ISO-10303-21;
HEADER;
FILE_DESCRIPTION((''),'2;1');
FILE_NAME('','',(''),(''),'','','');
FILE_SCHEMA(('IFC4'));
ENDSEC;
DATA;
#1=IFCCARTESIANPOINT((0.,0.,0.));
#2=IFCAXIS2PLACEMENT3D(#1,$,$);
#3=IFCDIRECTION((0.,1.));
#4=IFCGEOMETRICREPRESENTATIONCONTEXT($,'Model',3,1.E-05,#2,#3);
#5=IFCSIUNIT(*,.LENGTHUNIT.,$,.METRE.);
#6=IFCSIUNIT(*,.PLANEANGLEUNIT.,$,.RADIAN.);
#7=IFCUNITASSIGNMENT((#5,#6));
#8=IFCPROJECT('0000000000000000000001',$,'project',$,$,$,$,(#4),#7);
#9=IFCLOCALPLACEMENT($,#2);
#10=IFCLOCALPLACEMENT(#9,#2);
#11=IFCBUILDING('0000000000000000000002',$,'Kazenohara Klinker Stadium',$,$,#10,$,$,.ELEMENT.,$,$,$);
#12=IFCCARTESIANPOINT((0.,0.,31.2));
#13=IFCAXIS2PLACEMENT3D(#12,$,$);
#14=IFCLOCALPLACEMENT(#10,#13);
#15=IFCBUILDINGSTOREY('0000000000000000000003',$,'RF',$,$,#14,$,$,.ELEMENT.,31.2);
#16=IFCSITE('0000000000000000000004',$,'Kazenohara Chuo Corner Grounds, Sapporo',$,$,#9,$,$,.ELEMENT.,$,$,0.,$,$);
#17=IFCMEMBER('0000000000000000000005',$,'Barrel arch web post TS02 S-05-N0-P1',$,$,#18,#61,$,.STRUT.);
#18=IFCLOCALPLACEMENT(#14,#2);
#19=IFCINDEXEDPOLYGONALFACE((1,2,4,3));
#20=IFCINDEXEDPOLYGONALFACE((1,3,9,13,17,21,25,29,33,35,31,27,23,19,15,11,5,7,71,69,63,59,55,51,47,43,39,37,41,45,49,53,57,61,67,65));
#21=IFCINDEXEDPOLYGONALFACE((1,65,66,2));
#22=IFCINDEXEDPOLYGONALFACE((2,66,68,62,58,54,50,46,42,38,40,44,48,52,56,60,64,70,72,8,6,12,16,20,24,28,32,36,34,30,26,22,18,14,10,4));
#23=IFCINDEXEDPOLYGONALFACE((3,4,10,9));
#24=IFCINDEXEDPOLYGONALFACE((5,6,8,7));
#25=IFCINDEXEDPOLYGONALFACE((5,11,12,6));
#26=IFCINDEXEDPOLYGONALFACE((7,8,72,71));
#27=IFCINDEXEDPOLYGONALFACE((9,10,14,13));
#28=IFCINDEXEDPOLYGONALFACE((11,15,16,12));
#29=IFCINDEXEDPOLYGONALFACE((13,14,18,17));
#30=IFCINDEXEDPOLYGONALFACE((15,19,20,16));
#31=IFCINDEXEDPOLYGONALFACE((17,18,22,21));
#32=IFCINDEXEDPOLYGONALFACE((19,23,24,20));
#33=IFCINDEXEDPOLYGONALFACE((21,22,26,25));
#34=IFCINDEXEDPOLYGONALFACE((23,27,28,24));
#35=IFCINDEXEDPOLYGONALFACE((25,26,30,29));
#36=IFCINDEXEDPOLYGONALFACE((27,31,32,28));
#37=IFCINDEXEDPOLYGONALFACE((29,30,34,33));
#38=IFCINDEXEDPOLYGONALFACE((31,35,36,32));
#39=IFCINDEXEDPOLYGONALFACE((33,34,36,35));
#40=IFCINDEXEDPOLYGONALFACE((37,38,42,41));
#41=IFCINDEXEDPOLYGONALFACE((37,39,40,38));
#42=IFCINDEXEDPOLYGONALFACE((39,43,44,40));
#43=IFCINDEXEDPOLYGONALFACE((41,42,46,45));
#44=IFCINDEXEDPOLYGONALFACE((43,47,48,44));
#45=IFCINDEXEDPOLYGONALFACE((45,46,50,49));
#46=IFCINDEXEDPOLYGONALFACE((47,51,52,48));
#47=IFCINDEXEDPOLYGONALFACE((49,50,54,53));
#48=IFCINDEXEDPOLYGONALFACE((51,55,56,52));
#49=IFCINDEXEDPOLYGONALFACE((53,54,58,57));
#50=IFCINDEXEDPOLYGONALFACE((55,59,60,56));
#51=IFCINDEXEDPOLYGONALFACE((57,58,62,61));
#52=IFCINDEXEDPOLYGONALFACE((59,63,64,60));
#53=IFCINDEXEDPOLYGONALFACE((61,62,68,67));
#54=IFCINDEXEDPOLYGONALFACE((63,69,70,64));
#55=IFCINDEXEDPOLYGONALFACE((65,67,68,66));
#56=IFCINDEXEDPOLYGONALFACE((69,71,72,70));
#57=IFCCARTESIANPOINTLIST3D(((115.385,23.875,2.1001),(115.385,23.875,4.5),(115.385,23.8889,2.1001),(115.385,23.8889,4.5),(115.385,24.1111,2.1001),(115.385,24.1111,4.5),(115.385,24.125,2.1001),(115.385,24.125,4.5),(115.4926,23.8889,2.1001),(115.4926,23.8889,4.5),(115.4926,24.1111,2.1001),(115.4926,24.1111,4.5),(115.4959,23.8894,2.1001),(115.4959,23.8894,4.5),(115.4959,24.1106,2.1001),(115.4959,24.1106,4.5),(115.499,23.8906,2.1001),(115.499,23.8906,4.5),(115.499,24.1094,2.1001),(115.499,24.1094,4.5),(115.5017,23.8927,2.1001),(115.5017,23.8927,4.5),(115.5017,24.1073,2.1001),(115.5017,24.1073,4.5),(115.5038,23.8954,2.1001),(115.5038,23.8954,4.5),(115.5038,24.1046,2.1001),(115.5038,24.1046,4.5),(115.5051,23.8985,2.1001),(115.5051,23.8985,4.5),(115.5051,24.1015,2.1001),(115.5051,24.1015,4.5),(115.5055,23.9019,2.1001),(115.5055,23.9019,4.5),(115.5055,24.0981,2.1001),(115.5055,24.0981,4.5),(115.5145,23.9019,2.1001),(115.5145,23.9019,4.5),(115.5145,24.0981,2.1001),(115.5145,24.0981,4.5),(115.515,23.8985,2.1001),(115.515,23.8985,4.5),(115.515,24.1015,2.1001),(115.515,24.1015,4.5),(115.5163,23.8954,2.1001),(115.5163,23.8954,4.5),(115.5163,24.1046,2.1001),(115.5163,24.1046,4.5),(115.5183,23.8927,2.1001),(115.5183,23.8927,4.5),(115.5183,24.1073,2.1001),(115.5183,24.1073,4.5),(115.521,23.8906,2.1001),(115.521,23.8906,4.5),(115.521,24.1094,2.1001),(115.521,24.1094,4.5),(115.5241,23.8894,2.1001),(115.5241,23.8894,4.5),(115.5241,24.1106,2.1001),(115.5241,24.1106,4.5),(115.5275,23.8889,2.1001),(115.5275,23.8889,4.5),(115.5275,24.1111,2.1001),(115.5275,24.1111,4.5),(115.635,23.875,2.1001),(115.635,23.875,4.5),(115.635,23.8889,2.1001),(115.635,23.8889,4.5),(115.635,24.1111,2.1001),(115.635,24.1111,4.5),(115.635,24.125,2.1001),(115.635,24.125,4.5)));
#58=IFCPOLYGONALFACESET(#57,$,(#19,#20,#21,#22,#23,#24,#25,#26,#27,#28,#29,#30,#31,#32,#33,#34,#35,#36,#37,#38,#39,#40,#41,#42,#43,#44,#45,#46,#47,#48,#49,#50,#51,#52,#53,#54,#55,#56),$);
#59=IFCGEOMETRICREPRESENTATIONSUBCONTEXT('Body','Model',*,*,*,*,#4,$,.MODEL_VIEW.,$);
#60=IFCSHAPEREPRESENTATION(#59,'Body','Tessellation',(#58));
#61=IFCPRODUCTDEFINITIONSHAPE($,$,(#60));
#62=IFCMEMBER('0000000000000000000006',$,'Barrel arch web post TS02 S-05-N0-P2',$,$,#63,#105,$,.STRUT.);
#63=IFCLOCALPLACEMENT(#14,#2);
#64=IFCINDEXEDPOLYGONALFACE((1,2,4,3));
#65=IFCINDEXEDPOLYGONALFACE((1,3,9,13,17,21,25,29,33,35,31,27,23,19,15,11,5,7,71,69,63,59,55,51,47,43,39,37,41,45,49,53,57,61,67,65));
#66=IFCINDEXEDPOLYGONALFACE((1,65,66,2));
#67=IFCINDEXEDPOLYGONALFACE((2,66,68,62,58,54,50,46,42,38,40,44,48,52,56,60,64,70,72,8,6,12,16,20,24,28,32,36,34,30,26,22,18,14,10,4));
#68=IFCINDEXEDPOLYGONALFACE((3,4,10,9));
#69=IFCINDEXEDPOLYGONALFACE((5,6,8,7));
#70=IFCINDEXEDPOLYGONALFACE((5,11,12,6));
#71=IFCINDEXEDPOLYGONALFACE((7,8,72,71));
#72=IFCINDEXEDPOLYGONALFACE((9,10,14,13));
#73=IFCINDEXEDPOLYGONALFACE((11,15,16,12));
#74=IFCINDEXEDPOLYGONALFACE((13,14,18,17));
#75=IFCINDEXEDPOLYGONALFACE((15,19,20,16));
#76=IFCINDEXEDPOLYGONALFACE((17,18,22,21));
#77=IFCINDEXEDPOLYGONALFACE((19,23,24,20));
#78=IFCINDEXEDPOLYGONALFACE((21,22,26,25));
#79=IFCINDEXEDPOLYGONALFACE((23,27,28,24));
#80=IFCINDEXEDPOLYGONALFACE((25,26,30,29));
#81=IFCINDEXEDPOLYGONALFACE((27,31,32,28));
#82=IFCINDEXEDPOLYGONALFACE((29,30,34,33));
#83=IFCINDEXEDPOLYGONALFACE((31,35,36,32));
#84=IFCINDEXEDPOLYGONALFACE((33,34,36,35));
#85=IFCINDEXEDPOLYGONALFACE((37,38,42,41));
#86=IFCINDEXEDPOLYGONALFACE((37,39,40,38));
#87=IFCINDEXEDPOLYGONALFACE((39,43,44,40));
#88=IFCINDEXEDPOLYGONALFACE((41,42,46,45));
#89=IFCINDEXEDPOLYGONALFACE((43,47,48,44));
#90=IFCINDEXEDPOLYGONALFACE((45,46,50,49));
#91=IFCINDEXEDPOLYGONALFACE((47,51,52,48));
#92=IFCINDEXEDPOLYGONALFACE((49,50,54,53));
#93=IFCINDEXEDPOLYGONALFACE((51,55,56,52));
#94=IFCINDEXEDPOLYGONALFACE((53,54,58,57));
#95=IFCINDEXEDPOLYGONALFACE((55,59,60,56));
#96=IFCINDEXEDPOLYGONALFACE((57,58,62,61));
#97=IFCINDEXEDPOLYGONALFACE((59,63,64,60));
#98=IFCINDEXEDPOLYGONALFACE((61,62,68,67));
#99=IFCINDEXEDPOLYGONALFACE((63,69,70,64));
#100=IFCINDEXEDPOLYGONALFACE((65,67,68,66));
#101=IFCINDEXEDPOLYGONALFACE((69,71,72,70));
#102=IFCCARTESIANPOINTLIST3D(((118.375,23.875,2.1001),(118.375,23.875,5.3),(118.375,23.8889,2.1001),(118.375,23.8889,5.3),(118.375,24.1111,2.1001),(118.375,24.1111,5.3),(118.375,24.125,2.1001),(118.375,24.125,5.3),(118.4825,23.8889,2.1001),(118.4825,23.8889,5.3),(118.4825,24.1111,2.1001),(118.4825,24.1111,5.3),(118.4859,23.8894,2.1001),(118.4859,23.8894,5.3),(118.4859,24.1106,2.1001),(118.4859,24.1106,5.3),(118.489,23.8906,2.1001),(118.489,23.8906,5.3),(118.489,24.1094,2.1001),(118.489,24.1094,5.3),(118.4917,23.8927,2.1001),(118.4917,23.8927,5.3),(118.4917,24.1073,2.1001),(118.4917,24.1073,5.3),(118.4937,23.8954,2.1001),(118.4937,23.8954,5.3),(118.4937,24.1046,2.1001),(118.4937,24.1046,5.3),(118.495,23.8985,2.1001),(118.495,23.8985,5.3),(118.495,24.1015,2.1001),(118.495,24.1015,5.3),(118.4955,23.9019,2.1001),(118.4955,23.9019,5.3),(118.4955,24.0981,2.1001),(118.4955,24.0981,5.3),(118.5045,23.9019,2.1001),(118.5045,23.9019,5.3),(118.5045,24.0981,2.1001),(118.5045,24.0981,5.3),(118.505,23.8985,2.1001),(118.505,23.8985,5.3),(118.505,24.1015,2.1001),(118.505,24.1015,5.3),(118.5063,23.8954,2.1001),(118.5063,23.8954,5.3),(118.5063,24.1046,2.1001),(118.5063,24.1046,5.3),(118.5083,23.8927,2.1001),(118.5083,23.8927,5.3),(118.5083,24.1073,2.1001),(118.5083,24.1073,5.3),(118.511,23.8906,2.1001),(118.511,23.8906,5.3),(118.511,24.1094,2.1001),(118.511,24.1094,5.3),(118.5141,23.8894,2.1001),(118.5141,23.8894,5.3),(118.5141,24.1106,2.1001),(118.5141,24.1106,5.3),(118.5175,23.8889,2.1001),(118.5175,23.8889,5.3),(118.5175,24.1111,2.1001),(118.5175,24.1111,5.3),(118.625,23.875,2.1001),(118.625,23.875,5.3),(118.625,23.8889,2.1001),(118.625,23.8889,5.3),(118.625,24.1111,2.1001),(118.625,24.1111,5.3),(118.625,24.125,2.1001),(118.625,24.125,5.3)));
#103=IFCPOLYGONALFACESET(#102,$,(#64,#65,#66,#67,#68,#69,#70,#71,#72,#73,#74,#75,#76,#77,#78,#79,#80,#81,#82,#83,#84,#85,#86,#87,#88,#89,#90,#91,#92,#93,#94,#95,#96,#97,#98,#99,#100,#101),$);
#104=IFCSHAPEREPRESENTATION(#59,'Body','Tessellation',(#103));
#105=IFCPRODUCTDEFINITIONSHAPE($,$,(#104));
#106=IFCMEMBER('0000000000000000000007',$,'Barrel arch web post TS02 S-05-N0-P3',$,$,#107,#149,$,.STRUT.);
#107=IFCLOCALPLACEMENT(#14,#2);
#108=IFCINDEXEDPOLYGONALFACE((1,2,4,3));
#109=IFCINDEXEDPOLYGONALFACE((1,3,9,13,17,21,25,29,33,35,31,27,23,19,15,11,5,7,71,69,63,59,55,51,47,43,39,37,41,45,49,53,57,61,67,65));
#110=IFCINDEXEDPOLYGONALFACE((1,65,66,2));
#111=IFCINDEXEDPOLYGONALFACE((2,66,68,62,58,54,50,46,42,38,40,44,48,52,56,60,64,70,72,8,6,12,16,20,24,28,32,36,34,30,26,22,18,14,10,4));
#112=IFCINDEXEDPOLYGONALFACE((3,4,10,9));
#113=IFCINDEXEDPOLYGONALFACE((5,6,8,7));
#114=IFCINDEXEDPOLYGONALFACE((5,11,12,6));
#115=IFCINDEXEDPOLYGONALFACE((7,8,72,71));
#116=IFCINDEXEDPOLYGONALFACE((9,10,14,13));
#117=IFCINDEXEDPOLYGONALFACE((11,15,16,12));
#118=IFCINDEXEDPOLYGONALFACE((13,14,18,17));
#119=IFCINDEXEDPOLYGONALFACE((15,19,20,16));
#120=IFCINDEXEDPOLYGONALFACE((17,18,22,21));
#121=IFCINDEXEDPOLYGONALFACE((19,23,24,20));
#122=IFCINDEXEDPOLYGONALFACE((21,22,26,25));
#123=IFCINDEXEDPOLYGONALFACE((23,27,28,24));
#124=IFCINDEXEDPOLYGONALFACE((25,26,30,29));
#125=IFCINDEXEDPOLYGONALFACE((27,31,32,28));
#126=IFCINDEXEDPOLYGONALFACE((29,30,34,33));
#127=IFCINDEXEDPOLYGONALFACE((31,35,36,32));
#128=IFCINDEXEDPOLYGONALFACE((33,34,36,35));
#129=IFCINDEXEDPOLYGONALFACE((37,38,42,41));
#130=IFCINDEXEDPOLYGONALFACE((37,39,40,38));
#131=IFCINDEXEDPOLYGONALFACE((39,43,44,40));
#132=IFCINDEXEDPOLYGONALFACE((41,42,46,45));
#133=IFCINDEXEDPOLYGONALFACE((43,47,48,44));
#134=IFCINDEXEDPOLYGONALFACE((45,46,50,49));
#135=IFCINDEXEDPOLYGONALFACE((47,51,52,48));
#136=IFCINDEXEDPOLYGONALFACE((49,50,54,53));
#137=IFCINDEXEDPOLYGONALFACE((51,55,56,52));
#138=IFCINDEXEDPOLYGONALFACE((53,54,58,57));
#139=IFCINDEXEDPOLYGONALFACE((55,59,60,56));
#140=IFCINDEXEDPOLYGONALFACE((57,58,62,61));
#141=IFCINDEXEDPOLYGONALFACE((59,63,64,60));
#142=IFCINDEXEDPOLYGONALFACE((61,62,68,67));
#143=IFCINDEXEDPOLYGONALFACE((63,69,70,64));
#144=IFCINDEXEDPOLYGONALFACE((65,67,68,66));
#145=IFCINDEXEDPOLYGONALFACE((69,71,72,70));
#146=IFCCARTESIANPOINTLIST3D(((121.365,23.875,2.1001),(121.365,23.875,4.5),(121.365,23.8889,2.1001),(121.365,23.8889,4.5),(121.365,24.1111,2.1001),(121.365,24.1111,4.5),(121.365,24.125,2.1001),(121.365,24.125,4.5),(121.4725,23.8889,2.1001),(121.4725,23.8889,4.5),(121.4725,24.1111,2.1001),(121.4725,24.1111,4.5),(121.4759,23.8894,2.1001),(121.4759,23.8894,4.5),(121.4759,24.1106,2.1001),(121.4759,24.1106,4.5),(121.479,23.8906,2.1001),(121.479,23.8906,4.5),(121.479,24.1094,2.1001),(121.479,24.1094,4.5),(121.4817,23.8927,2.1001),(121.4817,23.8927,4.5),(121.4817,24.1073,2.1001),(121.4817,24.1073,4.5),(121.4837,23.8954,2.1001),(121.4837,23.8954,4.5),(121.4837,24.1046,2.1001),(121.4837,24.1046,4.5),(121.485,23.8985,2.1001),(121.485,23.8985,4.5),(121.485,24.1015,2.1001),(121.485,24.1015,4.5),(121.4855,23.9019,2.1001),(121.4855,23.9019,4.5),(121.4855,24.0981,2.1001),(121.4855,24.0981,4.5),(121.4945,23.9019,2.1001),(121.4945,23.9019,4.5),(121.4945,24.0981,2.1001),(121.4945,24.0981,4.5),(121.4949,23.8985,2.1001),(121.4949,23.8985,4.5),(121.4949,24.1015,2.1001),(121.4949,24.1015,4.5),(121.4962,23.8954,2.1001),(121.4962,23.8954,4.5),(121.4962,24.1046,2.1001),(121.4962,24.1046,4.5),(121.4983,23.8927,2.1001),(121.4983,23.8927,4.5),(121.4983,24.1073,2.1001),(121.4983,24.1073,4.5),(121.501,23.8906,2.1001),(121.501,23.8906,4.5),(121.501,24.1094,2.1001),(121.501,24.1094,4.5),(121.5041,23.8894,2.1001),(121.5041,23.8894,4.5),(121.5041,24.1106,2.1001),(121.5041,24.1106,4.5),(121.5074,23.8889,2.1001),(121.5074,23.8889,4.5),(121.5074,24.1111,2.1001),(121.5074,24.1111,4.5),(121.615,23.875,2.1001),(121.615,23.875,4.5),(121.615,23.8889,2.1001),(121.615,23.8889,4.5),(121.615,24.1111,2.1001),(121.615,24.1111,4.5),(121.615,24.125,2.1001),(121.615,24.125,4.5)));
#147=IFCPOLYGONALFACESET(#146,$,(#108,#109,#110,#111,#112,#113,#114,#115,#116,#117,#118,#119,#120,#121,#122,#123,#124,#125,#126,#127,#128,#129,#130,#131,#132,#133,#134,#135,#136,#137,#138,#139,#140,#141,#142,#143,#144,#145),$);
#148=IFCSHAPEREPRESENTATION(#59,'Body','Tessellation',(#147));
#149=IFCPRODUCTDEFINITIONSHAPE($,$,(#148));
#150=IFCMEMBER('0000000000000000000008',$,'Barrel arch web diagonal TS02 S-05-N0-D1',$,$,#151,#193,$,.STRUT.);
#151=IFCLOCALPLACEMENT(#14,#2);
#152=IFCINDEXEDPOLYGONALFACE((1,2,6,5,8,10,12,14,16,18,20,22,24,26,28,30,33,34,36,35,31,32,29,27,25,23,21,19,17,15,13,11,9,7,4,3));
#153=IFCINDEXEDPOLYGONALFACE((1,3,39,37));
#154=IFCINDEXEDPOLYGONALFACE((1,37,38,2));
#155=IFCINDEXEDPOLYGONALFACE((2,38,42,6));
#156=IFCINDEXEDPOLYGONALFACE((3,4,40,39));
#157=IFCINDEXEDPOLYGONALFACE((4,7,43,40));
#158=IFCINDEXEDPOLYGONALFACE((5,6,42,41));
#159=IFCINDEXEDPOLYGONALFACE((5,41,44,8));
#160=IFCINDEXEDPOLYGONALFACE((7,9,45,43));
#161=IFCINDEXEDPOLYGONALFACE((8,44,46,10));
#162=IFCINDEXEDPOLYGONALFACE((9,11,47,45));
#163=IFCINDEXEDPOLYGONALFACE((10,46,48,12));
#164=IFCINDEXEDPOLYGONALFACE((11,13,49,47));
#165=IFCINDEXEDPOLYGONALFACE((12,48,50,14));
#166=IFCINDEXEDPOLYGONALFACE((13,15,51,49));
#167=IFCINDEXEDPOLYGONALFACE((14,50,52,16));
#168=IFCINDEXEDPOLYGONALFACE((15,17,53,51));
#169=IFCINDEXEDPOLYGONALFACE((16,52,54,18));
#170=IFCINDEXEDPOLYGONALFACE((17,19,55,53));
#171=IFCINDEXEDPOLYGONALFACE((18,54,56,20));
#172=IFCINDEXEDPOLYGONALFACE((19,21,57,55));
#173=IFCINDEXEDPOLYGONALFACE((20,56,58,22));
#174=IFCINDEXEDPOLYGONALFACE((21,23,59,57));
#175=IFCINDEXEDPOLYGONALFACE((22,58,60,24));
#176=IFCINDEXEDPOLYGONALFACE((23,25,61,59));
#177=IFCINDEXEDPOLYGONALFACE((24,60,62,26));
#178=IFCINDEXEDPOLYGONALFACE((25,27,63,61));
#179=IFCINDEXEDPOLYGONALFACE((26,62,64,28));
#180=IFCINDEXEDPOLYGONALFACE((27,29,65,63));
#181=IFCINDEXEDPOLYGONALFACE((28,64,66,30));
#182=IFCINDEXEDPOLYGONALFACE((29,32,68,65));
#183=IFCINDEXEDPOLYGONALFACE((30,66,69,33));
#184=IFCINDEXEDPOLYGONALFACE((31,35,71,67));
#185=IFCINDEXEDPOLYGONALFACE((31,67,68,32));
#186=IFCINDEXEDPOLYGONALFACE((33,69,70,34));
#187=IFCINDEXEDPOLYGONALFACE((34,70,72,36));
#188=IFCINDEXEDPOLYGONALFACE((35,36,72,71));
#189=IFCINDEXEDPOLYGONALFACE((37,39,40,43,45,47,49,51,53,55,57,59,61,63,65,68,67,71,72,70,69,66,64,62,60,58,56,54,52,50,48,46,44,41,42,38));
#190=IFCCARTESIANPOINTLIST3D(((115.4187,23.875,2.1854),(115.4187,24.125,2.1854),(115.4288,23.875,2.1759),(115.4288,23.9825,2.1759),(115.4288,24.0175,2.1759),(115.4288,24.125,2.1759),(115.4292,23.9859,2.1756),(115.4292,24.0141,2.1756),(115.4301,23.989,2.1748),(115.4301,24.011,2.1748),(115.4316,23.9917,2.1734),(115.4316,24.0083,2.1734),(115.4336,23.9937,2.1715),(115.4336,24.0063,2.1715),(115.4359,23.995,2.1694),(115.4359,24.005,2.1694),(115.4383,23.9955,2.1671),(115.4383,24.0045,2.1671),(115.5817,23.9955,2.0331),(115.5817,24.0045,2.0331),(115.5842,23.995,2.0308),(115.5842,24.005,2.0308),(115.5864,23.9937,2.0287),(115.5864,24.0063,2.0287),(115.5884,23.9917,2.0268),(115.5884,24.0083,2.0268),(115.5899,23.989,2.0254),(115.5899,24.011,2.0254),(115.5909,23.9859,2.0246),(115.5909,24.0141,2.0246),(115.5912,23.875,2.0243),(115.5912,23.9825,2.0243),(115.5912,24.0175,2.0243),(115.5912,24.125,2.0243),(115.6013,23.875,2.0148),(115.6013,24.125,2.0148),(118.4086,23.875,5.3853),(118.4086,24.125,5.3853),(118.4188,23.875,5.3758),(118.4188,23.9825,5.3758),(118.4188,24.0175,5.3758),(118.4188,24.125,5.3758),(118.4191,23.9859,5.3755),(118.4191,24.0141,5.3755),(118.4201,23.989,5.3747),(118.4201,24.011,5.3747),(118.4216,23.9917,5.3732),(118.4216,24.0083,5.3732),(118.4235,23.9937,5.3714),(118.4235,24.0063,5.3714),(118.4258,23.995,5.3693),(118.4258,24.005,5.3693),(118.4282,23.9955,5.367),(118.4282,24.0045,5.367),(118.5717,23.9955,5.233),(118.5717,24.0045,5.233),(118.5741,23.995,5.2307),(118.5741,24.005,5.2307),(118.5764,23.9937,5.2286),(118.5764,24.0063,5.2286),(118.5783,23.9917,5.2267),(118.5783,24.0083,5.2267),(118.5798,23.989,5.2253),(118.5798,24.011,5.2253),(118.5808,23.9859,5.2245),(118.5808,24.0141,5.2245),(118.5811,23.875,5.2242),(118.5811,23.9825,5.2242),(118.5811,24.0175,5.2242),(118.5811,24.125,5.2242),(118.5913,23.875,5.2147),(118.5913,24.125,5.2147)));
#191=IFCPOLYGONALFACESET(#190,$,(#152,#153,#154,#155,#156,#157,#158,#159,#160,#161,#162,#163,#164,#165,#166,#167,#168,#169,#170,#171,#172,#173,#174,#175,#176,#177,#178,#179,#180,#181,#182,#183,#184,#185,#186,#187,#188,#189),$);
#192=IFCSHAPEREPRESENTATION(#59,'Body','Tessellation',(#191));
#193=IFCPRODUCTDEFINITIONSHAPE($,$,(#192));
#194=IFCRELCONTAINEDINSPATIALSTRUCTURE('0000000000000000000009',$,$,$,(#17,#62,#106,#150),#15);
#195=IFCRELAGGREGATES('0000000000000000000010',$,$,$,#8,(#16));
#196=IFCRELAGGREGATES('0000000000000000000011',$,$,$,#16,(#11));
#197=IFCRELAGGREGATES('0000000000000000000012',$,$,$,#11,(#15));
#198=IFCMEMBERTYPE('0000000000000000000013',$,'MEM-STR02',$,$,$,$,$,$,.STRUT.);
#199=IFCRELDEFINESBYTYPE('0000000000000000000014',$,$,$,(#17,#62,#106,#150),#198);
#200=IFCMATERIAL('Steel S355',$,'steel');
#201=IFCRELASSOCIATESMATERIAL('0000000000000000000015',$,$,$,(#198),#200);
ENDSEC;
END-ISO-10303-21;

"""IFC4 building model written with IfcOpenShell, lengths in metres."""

from ifc_helpers import new_model, si_unit, direction, frame, origin, origin_2d, place, context, subcontext, project, spatial, i_section, extrude, material, material_profile, profile_set, type_object, element, save


model = new_model("IFC4")

# Units and contexts
model_context = context("Model", 3, precision=1e-05, world=origin(), true_north=direction((0.0, 1.0)))
body_context = subcontext(model_context, "Body", "Model", "MODEL_VIEW")
ifc_project = project(units=[si_unit("LENGTHUNIT", "METRE"), si_unit("PLANEANGLEUNIT", "RADIAN")], contexts=[model_context])

# Site, building, storey
site_placement = place(None, origin())
site = spatial("IfcSite", under=ifc_project, at=site_placement, Name="Kazenohara Chuo Corner Grounds, Sapporo", CompositionType="ELEMENT", RefElevation=0.0)
building_placement = place(site_placement, origin())
building = spatial("IfcBuilding", under=site, at=building_placement, Name="Kazenohara Klinker Stadium", CompositionType="ELEMENT")
storey_placement = place(building_placement, frame((0.0, 0.0, 31.2)))
storey = spatial("IfcBuildingStorey", under=building, at=storey_placement, Name="RF", CompositionType="ELEMENT", Elevation=31.2)

# Members
ifc_material_1 = material(Name="Steel S355", Category="steel")
ifc_material_profile_1 = material_profile(ifc_material_1, i_section(OverallWidth=0.25, OverallDepth=0.25, WebThickness=0.009, FlangeThickness=0.0139, FilletRadius=0.0129, at=origin_2d()), Name="H-250x250x9x14")
ifc_profile_set_1 = profile_set([ifc_material_profile_1], Name="Steel S355")
member_type_1 = type_object("IfcMemberType", Name="MEM-STR02", PredefinedType="STRUT", material=ifc_profile_set_1)
member_1_placement = place(storey_placement, frame((115.51, 24.0, 2.1001), z_axis=(0.0, 0.0, 1.0), x_axis=(1.0, 0.0, 0.0)))
element("IfcMember", 1, at=member_1_placement, inside=storey, type_object=member_type_1, Name="Barrel arch web post TS02 S-05-N0-P1", PredefinedType="STRUT", context=body_context, shape_type="SweptSolid", body=[
    extrude(i_section(OverallWidth=0.25, OverallDepth=0.25, WebThickness=0.009, FlangeThickness=0.0139, FilletRadius=0.0129, at=origin_2d()), origin(), (0.0, 0.0, 1.0), 2.3999),
])
member_2_placement = place(storey_placement, frame((118.5, 24.0, 2.1001), z_axis=(0.0, 0.0, 1.0), x_axis=(1.0, 0.0, 0.0)))
element("IfcMember", 2, at=member_2_placement, inside=storey, type_object=member_type_1, Name="Barrel arch web post TS02 S-05-N0-P2", PredefinedType="STRUT", context=body_context, shape_type="SweptSolid", body=[
    extrude(i_section(OverallWidth=0.25, OverallDepth=0.25, WebThickness=0.009, FlangeThickness=0.0139, FilletRadius=0.0129, at=origin_2d()), origin(), (0.0, 0.0, 1.0), 3.2),
])
member_3_placement = place(storey_placement, frame((121.49, 24.0, 2.1001), z_axis=(0.0, 0.0, 1.0), x_axis=(1.0, 0.0, 0.0)))
element("IfcMember", 3, at=member_3_placement, inside=storey, type_object=member_type_1, Name="Barrel arch web post TS02 S-05-N0-P3", PredefinedType="STRUT", context=body_context, shape_type="SweptSolid", body=[
    extrude(i_section(OverallWidth=0.25, OverallDepth=0.25, WebThickness=0.009, FlangeThickness=0.0139, FilletRadius=0.0129, at=origin_2d()), origin(), (0.0, 0.0, 1.0), 2.3999),
])
member_4_placement = place(storey_placement, frame((115.51, 24.0, 2.1001), z_axis=(0.682729, 0.0, 0.730671), x_axis=(0.0, 1.0, 0.0)))
element("IfcMember", 4, at=member_4_placement, inside=storey, type_object=member_type_1, Name="Barrel arch web diagonal TS02 S-05-N0-D1", PredefinedType="STRUT", context=body_context, shape_type="SweptSolid", body=[
    extrude(i_section(OverallWidth=0.25, OverallDepth=0.25, WebThickness=0.009, FlangeThickness=0.0139, FilletRadius=0.0129, at=origin_2d()), origin(), (0.0, 0.0, 1.0), 4.3794),
])

save(model, "model.ifc")
